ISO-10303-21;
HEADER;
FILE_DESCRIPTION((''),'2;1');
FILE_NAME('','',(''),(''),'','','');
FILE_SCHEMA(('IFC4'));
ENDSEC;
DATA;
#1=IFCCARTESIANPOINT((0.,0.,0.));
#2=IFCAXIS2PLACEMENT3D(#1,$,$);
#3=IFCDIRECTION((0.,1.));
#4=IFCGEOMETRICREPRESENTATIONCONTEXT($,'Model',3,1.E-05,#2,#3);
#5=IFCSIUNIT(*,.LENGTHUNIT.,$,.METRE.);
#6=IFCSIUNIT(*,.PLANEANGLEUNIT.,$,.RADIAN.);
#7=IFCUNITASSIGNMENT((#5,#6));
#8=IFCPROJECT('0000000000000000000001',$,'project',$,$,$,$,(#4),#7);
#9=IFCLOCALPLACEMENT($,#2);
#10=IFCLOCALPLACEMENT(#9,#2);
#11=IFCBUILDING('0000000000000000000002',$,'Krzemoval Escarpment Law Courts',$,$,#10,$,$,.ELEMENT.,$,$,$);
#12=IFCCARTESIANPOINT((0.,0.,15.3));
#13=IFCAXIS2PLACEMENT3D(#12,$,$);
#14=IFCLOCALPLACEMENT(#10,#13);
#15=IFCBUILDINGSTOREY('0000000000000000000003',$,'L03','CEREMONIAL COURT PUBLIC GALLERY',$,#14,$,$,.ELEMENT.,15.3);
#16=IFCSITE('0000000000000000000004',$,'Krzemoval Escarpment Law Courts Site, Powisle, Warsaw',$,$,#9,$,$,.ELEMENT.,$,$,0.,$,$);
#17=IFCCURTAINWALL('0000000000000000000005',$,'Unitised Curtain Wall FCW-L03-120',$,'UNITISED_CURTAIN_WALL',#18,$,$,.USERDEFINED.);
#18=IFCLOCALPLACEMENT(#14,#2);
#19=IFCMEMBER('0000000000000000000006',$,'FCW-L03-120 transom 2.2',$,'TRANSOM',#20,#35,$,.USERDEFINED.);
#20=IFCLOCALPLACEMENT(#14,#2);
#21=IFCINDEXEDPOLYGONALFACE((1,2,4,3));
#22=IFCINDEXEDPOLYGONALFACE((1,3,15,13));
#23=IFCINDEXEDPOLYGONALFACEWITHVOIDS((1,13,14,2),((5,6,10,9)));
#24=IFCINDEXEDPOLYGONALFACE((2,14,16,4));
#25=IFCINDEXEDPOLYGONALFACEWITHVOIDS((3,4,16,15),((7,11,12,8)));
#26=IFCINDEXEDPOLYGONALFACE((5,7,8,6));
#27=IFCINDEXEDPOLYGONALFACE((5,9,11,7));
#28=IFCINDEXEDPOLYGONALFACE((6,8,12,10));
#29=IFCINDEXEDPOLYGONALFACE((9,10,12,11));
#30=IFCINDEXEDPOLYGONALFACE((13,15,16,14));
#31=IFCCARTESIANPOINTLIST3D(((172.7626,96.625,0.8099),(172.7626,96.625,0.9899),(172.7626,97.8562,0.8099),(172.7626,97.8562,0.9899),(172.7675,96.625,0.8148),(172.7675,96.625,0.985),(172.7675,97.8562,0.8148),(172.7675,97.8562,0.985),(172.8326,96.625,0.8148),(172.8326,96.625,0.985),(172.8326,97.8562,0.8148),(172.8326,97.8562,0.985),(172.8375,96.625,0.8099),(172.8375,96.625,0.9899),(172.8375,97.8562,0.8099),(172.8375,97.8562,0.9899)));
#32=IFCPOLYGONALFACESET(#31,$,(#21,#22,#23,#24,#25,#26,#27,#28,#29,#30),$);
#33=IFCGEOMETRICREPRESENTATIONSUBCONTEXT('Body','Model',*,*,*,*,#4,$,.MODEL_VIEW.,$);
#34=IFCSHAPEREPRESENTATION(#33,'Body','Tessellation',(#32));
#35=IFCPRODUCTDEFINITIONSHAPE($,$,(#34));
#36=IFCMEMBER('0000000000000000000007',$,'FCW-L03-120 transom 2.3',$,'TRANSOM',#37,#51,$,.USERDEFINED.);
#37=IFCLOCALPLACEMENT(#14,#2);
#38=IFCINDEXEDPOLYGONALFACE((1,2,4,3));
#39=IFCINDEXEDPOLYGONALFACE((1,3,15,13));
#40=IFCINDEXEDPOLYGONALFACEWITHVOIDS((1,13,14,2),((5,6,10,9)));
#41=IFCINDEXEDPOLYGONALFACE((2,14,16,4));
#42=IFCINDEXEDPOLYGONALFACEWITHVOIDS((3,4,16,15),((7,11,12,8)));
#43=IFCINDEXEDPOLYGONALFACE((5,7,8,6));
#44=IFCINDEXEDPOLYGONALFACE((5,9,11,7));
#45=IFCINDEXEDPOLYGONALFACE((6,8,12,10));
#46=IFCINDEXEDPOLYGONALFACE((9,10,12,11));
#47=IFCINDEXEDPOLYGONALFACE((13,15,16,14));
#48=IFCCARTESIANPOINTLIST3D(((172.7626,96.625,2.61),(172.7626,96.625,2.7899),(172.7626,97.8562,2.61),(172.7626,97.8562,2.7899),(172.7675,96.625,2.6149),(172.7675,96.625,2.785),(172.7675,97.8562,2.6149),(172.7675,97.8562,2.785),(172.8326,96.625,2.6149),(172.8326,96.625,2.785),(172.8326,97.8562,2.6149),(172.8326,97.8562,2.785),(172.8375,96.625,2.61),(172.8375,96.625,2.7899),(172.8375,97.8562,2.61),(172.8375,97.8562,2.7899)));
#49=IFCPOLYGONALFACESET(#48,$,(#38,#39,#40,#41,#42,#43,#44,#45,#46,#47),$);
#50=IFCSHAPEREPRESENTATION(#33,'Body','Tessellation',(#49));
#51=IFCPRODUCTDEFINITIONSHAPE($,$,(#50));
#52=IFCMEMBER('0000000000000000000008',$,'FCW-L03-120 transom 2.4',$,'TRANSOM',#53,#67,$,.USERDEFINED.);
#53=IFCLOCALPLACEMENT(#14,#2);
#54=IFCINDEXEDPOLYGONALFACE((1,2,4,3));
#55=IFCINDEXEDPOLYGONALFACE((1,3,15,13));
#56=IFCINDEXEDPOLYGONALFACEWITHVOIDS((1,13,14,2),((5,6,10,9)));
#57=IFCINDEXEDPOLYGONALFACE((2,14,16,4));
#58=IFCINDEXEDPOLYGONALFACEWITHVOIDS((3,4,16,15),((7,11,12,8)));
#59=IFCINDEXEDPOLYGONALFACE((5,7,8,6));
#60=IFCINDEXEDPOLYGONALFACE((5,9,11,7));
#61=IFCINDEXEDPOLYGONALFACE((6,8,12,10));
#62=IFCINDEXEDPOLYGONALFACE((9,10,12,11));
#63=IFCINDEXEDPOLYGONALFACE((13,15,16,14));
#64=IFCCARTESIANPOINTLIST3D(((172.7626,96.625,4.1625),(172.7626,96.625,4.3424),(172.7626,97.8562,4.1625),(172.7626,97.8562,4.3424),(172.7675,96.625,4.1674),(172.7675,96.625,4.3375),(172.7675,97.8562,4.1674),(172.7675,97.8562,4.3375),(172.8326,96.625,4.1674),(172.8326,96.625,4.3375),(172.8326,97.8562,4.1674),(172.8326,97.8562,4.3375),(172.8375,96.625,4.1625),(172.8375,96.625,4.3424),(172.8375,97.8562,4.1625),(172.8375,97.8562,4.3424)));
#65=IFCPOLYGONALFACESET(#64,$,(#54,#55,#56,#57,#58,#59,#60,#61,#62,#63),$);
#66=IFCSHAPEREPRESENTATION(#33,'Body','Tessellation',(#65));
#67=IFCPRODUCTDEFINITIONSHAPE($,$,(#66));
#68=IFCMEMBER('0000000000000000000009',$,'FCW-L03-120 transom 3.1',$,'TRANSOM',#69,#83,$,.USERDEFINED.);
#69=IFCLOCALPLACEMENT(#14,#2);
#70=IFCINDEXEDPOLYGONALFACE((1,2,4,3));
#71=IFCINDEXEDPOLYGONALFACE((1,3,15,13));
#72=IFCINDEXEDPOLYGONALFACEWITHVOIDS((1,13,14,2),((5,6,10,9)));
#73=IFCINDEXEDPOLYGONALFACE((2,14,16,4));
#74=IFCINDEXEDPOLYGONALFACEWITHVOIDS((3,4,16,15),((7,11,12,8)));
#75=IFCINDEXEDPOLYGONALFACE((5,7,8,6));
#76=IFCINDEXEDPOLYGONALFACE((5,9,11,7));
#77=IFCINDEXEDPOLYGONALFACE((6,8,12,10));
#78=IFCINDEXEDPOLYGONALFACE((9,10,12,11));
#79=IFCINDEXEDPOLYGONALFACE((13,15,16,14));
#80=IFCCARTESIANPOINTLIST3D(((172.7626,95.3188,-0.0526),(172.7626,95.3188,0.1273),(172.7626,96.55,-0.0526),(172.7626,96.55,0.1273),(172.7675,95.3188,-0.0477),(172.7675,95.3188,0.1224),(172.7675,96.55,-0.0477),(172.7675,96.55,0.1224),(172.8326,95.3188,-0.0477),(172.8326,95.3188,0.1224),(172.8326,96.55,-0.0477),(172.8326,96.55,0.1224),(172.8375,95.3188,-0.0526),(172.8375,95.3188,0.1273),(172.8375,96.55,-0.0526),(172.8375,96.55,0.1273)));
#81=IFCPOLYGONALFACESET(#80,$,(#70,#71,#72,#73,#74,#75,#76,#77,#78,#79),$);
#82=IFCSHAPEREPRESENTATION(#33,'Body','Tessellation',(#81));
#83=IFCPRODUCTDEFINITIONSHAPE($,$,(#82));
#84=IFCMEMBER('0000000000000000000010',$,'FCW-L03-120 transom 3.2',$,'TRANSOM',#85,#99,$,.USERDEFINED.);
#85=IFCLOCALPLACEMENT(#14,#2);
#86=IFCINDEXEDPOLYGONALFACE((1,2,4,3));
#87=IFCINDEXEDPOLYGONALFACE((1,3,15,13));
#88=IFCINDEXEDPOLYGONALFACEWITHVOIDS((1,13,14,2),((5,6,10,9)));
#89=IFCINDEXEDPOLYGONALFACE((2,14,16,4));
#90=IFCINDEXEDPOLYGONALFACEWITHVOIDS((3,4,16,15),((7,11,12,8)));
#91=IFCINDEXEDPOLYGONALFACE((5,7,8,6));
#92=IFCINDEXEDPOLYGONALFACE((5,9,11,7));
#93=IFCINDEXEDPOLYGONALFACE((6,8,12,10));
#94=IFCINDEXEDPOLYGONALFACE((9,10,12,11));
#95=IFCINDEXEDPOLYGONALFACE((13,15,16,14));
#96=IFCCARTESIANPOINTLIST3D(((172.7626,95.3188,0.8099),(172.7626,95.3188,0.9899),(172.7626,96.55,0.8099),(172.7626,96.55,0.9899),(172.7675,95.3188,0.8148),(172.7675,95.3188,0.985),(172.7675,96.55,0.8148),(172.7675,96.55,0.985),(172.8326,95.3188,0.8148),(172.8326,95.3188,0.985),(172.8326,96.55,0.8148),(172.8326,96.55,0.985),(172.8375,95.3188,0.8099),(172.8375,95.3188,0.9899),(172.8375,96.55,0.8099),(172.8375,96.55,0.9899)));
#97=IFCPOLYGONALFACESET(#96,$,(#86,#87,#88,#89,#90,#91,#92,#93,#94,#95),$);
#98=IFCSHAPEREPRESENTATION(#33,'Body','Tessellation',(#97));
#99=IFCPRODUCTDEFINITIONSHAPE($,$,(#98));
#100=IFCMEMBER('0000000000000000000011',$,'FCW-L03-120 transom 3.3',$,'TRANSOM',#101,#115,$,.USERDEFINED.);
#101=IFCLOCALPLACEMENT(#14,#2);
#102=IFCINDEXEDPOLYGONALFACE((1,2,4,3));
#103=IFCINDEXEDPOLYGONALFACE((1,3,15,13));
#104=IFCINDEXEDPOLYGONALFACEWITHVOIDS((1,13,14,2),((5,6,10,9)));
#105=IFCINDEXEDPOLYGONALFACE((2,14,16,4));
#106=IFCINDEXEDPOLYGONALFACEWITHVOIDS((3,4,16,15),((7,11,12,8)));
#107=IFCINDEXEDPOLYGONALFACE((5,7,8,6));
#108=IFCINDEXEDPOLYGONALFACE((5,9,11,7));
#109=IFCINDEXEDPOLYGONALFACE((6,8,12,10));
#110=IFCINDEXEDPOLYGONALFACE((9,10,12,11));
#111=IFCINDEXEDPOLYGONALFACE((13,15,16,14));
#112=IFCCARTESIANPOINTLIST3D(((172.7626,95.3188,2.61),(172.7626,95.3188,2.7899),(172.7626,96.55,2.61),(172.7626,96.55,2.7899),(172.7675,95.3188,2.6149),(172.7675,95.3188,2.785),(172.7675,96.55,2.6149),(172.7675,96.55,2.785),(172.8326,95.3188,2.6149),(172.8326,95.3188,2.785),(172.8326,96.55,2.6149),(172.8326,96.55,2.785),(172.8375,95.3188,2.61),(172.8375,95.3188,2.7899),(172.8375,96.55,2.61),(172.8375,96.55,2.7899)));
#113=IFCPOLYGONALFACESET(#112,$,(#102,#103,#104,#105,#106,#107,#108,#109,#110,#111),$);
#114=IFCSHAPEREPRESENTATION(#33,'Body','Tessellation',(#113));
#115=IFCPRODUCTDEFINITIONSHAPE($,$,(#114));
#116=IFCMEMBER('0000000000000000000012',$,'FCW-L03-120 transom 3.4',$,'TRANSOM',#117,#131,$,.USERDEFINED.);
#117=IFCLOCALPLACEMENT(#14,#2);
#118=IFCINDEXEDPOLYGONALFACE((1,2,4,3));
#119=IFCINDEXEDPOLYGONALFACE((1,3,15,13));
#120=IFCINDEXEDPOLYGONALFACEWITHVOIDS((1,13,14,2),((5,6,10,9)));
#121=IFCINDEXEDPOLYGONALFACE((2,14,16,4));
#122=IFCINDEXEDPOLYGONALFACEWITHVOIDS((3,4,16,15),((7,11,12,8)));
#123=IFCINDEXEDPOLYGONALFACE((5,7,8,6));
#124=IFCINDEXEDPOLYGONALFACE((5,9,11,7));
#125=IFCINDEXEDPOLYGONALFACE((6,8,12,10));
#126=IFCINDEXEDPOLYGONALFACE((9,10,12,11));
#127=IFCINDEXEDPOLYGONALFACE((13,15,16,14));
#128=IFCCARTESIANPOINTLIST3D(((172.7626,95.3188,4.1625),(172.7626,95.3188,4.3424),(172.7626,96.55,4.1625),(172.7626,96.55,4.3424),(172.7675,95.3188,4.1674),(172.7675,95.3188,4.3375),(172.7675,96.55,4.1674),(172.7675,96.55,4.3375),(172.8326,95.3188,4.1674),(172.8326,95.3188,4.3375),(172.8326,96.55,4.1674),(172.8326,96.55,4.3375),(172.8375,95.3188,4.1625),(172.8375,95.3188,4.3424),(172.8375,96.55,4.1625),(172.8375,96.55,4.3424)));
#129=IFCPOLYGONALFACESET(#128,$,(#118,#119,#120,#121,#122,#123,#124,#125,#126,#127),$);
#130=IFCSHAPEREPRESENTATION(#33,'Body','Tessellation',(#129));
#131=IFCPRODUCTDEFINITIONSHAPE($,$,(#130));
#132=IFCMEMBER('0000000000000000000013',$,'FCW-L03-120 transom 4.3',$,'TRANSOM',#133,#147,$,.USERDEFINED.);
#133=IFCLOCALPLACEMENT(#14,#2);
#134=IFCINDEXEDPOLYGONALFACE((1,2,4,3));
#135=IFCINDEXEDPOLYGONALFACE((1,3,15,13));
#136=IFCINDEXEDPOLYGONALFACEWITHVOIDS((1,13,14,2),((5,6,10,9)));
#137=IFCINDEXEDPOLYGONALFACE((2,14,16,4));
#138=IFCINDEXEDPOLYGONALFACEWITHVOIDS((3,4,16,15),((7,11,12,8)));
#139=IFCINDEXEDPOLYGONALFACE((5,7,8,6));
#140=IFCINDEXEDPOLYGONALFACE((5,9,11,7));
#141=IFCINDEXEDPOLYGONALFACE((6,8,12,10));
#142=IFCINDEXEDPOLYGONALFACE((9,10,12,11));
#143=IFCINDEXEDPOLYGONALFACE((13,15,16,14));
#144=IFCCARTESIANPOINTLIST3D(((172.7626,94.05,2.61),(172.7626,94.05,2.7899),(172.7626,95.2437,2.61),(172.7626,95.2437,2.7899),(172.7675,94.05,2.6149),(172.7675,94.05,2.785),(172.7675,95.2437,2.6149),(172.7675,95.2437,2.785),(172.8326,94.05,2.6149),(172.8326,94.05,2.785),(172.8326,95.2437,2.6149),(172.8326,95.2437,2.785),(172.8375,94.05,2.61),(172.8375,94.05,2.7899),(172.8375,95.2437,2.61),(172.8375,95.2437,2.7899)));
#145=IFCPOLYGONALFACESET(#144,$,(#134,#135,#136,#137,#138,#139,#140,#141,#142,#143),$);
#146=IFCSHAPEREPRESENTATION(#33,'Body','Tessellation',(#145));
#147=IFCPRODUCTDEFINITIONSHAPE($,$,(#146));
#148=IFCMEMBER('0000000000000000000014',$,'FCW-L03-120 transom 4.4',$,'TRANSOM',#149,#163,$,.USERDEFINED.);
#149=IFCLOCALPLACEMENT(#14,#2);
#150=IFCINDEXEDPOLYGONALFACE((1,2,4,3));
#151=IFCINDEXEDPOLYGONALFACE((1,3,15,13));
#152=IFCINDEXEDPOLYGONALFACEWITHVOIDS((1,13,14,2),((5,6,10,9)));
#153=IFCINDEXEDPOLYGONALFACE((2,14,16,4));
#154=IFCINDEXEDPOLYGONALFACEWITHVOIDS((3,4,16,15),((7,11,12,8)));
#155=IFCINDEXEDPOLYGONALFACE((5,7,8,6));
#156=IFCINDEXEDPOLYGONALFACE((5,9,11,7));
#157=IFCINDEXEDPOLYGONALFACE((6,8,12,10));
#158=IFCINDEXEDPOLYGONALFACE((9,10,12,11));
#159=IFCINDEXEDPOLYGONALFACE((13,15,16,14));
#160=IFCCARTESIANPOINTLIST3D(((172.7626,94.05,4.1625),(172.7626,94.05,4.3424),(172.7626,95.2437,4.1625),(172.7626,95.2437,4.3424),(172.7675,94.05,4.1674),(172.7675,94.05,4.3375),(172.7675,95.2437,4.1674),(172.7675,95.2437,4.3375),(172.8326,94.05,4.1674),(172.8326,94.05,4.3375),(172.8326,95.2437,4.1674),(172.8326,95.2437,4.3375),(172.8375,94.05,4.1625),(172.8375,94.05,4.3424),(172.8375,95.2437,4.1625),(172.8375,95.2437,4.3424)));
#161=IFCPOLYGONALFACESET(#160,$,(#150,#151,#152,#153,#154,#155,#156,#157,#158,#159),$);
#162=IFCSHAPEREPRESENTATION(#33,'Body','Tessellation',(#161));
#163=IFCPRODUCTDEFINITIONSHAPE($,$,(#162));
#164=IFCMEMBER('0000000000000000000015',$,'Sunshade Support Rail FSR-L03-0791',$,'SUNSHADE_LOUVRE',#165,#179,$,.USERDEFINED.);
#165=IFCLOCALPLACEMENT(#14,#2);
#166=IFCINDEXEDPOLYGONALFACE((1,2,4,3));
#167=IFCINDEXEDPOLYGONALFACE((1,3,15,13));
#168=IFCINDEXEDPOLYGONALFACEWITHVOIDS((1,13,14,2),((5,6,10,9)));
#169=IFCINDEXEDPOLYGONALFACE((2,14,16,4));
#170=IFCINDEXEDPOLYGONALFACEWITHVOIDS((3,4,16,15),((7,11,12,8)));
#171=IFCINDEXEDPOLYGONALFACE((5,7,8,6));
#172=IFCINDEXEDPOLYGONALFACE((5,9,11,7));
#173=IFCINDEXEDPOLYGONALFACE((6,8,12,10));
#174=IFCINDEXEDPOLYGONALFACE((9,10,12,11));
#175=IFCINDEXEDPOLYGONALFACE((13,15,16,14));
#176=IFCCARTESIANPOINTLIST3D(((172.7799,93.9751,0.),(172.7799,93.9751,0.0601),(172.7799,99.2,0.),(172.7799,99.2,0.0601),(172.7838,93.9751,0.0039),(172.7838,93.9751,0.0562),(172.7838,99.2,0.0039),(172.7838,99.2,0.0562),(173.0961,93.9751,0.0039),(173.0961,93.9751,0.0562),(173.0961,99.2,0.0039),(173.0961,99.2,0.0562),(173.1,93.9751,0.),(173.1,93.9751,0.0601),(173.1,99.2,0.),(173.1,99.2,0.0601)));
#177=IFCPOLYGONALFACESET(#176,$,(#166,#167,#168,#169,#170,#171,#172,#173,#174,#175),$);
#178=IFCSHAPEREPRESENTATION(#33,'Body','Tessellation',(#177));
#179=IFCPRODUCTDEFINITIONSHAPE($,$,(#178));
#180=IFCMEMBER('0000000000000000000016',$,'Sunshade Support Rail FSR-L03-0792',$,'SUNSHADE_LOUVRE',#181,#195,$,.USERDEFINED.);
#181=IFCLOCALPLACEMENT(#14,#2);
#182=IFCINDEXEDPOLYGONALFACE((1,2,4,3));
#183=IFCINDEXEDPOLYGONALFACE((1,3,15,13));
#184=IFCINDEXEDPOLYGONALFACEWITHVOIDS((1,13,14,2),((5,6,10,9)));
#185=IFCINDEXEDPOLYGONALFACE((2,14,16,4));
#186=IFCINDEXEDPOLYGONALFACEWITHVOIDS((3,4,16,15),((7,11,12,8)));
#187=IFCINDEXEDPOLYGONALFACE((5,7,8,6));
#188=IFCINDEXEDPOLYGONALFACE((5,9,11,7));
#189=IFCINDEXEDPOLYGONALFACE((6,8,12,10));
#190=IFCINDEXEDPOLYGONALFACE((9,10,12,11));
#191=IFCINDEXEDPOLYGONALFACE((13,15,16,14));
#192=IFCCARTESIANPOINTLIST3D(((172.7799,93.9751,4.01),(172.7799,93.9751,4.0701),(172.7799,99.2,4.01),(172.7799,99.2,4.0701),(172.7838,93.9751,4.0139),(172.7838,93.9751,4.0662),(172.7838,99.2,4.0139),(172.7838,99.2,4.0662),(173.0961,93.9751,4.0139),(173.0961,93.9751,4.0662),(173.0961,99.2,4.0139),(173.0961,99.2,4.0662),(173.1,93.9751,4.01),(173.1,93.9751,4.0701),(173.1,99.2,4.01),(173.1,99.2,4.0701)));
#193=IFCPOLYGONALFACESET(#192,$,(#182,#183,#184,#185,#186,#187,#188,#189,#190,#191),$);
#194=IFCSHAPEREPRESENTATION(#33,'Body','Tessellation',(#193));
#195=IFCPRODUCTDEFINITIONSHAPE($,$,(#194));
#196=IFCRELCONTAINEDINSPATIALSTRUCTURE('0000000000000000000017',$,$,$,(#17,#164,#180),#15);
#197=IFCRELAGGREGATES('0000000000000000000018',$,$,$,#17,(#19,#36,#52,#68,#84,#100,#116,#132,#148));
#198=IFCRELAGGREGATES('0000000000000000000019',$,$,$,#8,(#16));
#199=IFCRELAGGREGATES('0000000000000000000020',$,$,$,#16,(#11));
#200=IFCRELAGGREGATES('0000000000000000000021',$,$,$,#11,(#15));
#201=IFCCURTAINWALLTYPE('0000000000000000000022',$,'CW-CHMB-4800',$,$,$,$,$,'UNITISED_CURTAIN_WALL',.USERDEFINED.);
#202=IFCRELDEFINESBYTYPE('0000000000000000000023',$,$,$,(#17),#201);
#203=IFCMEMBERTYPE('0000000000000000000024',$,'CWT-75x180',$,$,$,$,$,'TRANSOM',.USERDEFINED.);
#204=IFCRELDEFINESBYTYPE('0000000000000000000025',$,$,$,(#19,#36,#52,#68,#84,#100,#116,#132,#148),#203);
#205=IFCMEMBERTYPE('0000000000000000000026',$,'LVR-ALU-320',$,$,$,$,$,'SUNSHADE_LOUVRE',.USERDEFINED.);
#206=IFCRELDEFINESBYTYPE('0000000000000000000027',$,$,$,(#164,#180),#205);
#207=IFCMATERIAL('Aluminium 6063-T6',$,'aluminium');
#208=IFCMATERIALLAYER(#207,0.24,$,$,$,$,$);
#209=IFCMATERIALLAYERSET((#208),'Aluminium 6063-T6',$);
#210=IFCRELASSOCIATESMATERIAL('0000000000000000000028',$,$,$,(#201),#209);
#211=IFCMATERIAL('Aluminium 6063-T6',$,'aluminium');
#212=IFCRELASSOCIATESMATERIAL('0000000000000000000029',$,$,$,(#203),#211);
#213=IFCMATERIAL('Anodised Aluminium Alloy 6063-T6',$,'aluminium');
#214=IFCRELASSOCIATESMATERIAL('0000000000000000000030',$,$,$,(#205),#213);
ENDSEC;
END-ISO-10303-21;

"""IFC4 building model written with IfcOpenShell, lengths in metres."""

from ifc_helpers import new_model, si_unit, direction, frame, origin, origin_2d, place, context, subcontext, project, spatial, hollow_rectangle, extrude, material, layer, layer_set, material_profile, profile_set, type_object, element, aggregate, save


model = new_model("IFC4")

# Units and contexts
model_context = context("Model", 3, precision=1e-05, world=origin(), true_north=direction((0.0, 1.0)))
body_context = subcontext(model_context, "Body", "Model", "MODEL_VIEW")
ifc_project = project(units=[si_unit("LENGTHUNIT", "METRE"), si_unit("PLANEANGLEUNIT", "RADIAN")], contexts=[model_context])

# Site, building, storey
site_placement = place(None, origin())
site = spatial("IfcSite", under=ifc_project, at=site_placement, Name="Krzemoval Escarpment Law Courts Site, Powisle, Warsaw", CompositionType="ELEMENT", RefElevation=0.0)
building_placement = place(site_placement, origin())
building = spatial("IfcBuilding", under=site, at=building_placement, Name="Krzemoval Escarpment Law Courts", CompositionType="ELEMENT")
storey_placement = place(building_placement, frame((0.0, 0.0, 15.3)))
storey = spatial("IfcBuildingStorey", under=building, at=storey_placement, Name="L03", Description="CEREMONIAL COURT PUBLIC GALLERY", CompositionType="ELEMENT", Elevation=15.3)

# Curtain wall, members
ifc_material_1 = material(Name="Aluminium 6063-T6", Category="aluminium")
ifc_layer_1 = layer(ifc_material_1, 0.24)
ifc_layer_set_1 = layer_set([ifc_layer_1], Name="Aluminium 6063-T6")
curtain_wall_type = type_object("IfcCurtainWallType", Name="CW-CHMB-4800", ElementType="UNITISED_CURTAIN_WALL", PredefinedType="USERDEFINED", material=ifc_layer_set_1)
curtain_wall_placement = place(storey_placement, origin())
curtain_wall = element("IfcCurtainWall", 1, at=curtain_wall_placement, inside=storey, type_object=curtain_wall_type, Name="Unitised Curtain Wall FCW-L03-120", ObjectType="UNITISED_CURTAIN_WALL", PredefinedType="USERDEFINED")
ifc_material_2 = material(Name="Aluminium 6063-T6", Category="aluminium")
ifc_material_profile_1 = material_profile(ifc_material_2, hollow_rectangle(XDim=0.075, YDim=0.1799, WallThickness=0.0049, at=origin_2d()), Name="ALU T75x180")
ifc_profile_set_1 = profile_set([ifc_material_profile_1], Name="Aluminium 6063-T6")
member_type_1 = type_object("IfcMemberType", Name="CWT-75x180", ElementType="TRANSOM", PredefinedType="USERDEFINED", material=ifc_profile_set_1)
member_1_placement = place(storey_placement, frame((172.8, 97.8562, 0.8999), z_axis=(0.0, -1.0, 0.0), x_axis=(1.0, 0.0, 0.0)))
member_1 = element("IfcMember", 2, at=member_1_placement, type_object=member_type_1, Name="FCW-L03-120 transom 2.2", ObjectType="TRANSOM", PredefinedType="USERDEFINED", context=body_context, shape_type="SweptSolid", body=[
    extrude(hollow_rectangle(XDim=0.075, YDim=0.1799, WallThickness=0.0049, at=origin_2d()), origin(), (0.0, 0.0, 1.0), 1.2312),
])
member_2_placement = place(storey_placement, frame((172.8, 97.8562, 2.7), z_axis=(0.0, -1.0, 0.0), x_axis=(1.0, 0.0, 0.0)))
member_2 = element("IfcMember", 3, at=member_2_placement, type_object=member_type_1, Name="FCW-L03-120 transom 2.3", ObjectType="TRANSOM", PredefinedType="USERDEFINED", context=body_context, shape_type="SweptSolid", body=[
    extrude(hollow_rectangle(XDim=0.075, YDim=0.1799, WallThickness=0.0049, at=origin_2d()), origin(), (0.0, 0.0, 1.0), 1.2312),
])
member_3_placement = place(storey_placement, frame((172.8, 97.8562, 4.2524), z_axis=(0.0, -1.0, 0.0), x_axis=(1.0, 0.0, 0.0)))
member_3 = element("IfcMember", 4, at=member_3_placement, type_object=member_type_1, Name="FCW-L03-120 transom 2.4", ObjectType="TRANSOM", PredefinedType="USERDEFINED", context=body_context, shape_type="SweptSolid", body=[
    extrude(hollow_rectangle(XDim=0.075, YDim=0.1799, WallThickness=0.0049, at=origin_2d()), origin(), (0.0, 0.0, 1.0), 1.2312),
])
member_4_placement = place(storey_placement, frame((172.8, 96.55, 0.0374), z_axis=(0.0, -1.0, 0.0), x_axis=(1.0, 0.0, 0.0)))
member_4 = element("IfcMember", 5, at=member_4_placement, type_object=member_type_1, Name="FCW-L03-120 transom 3.1", ObjectType="TRANSOM", PredefinedType="USERDEFINED", context=body_context, shape_type="SweptSolid", body=[
    extrude(hollow_rectangle(XDim=0.075, YDim=0.1799, WallThickness=0.0049, at=origin_2d()), origin(), (0.0, 0.0, 1.0), 1.2312),
])
member_5_placement = place(storey_placement, frame((172.8, 96.55, 0.8999), z_axis=(0.0, -1.0, 0.0), x_axis=(1.0, 0.0, 0.0)))
member_5 = element("IfcMember", 6, at=member_5_placement, type_object=member_type_1, Name="FCW-L03-120 transom 3.2", ObjectType="TRANSOM", PredefinedType="USERDEFINED", context=body_context, shape_type="SweptSolid", body=[
    extrude(hollow_rectangle(XDim=0.075, YDim=0.1799, WallThickness=0.0049, at=origin_2d()), origin(), (0.0, 0.0, 1.0), 1.2312),
])
member_6_placement = place(storey_placement, frame((172.8, 96.55, 2.7), z_axis=(0.0, -1.0, 0.0), x_axis=(1.0, 0.0, 0.0)))
member_6 = element("IfcMember", 7, at=member_6_placement, type_object=member_type_1, Name="FCW-L03-120 transom 3.3", ObjectType="TRANSOM", PredefinedType="USERDEFINED", context=body_context, shape_type="SweptSolid", body=[
    extrude(hollow_rectangle(XDim=0.075, YDim=0.1799, WallThickness=0.0049, at=origin_2d()), origin(), (0.0, 0.0, 1.0), 1.2312),
])
member_7_placement = place(storey_placement, frame((172.8, 96.55, 4.2524), z_axis=(0.0, -1.0, 0.0), x_axis=(1.0, 0.0, 0.0)))
member_7 = element("IfcMember", 8, at=member_7_placement, type_object=member_type_1, Name="FCW-L03-120 transom 3.4", ObjectType="TRANSOM", PredefinedType="USERDEFINED", context=body_context, shape_type="SweptSolid", body=[
    extrude(hollow_rectangle(XDim=0.075, YDim=0.1799, WallThickness=0.0049, at=origin_2d()), origin(), (0.0, 0.0, 1.0), 1.2312),
])
member_8_placement = place(storey_placement, frame((172.8, 95.2437, 2.7), z_axis=(0.0, -1.0, 0.0), x_axis=(1.0, 0.0, 0.0)))
member_8 = element("IfcMember", 9, at=member_8_placement, type_object=member_type_1, Name="FCW-L03-120 transom 4.3", ObjectType="TRANSOM", PredefinedType="USERDEFINED", context=body_context, shape_type="SweptSolid", body=[
    extrude(hollow_rectangle(XDim=0.075, YDim=0.1799, WallThickness=0.0049, at=origin_2d()), origin(), (0.0, 0.0, 1.0), 1.1936),
])
member_9_placement = place(storey_placement, frame((172.8, 95.2437, 4.2524), z_axis=(0.0, -1.0, 0.0), x_axis=(1.0, 0.0, 0.0)))
member_9 = element("IfcMember", 10, at=member_9_placement, type_object=member_type_1, Name="FCW-L03-120 transom 4.4", ObjectType="TRANSOM", PredefinedType="USERDEFINED", context=body_context, shape_type="SweptSolid", body=[
    extrude(hollow_rectangle(XDim=0.075, YDim=0.1799, WallThickness=0.0049, at=origin_2d()), origin(), (0.0, 0.0, 1.0), 1.1936),
])

# Members
ifc_material_3 = material(Name="Anodised Aluminium Alloy 6063-T6", Category="aluminium")
ifc_material_profile_2 = material_profile(ifc_material_3, hollow_rectangle(XDim=0.0601, YDim=0.3201, WallThickness=0.0039, at=origin_2d()), Name="ALU LVR 60x320")
ifc_profile_set_2 = profile_set([ifc_material_profile_2], Name="Anodised Aluminium Alloy 6063-T6")
member_type_2 = type_object("IfcMemberType", Name="LVR-ALU-320", ElementType="SUNSHADE_LOUVRE", PredefinedType="USERDEFINED", material=ifc_profile_set_2)
for number, where, z_axis, x_axis, name in (
    (11, (172.9399, 99.2, 0.03), (0.0, -1.0, 0.0), (0.0, 0.0, 1.0), "Sunshade Support Rail FSR-L03-0791"),
    (12, (172.9399, 99.2, 4.04), (0.0, -1.0, 0.0), (0.0, 0.0, 1.0), "Sunshade Support Rail FSR-L03-0792"),
):
    element("IfcMember", number, at=place(storey_placement, frame(where, z_axis=z_axis, x_axis=x_axis)), inside=storey, type_object=member_type_2, Name=name, ObjectType="SUNSHADE_LOUVRE", PredefinedType="USERDEFINED", context=body_context, shape_type="SweptSolid", body=[
        extrude(hollow_rectangle(XDim=0.0601, YDim=0.3201, WallThickness=0.0039, at=origin_2d()), origin(), (0.0, 0.0, 1.0), 5.2249),
    ])

aggregate(curtain_wall, [member_1, member_2, member_3, member_4, member_5, member_6, member_7, member_8, member_9])

save(model, "model.ifc")
